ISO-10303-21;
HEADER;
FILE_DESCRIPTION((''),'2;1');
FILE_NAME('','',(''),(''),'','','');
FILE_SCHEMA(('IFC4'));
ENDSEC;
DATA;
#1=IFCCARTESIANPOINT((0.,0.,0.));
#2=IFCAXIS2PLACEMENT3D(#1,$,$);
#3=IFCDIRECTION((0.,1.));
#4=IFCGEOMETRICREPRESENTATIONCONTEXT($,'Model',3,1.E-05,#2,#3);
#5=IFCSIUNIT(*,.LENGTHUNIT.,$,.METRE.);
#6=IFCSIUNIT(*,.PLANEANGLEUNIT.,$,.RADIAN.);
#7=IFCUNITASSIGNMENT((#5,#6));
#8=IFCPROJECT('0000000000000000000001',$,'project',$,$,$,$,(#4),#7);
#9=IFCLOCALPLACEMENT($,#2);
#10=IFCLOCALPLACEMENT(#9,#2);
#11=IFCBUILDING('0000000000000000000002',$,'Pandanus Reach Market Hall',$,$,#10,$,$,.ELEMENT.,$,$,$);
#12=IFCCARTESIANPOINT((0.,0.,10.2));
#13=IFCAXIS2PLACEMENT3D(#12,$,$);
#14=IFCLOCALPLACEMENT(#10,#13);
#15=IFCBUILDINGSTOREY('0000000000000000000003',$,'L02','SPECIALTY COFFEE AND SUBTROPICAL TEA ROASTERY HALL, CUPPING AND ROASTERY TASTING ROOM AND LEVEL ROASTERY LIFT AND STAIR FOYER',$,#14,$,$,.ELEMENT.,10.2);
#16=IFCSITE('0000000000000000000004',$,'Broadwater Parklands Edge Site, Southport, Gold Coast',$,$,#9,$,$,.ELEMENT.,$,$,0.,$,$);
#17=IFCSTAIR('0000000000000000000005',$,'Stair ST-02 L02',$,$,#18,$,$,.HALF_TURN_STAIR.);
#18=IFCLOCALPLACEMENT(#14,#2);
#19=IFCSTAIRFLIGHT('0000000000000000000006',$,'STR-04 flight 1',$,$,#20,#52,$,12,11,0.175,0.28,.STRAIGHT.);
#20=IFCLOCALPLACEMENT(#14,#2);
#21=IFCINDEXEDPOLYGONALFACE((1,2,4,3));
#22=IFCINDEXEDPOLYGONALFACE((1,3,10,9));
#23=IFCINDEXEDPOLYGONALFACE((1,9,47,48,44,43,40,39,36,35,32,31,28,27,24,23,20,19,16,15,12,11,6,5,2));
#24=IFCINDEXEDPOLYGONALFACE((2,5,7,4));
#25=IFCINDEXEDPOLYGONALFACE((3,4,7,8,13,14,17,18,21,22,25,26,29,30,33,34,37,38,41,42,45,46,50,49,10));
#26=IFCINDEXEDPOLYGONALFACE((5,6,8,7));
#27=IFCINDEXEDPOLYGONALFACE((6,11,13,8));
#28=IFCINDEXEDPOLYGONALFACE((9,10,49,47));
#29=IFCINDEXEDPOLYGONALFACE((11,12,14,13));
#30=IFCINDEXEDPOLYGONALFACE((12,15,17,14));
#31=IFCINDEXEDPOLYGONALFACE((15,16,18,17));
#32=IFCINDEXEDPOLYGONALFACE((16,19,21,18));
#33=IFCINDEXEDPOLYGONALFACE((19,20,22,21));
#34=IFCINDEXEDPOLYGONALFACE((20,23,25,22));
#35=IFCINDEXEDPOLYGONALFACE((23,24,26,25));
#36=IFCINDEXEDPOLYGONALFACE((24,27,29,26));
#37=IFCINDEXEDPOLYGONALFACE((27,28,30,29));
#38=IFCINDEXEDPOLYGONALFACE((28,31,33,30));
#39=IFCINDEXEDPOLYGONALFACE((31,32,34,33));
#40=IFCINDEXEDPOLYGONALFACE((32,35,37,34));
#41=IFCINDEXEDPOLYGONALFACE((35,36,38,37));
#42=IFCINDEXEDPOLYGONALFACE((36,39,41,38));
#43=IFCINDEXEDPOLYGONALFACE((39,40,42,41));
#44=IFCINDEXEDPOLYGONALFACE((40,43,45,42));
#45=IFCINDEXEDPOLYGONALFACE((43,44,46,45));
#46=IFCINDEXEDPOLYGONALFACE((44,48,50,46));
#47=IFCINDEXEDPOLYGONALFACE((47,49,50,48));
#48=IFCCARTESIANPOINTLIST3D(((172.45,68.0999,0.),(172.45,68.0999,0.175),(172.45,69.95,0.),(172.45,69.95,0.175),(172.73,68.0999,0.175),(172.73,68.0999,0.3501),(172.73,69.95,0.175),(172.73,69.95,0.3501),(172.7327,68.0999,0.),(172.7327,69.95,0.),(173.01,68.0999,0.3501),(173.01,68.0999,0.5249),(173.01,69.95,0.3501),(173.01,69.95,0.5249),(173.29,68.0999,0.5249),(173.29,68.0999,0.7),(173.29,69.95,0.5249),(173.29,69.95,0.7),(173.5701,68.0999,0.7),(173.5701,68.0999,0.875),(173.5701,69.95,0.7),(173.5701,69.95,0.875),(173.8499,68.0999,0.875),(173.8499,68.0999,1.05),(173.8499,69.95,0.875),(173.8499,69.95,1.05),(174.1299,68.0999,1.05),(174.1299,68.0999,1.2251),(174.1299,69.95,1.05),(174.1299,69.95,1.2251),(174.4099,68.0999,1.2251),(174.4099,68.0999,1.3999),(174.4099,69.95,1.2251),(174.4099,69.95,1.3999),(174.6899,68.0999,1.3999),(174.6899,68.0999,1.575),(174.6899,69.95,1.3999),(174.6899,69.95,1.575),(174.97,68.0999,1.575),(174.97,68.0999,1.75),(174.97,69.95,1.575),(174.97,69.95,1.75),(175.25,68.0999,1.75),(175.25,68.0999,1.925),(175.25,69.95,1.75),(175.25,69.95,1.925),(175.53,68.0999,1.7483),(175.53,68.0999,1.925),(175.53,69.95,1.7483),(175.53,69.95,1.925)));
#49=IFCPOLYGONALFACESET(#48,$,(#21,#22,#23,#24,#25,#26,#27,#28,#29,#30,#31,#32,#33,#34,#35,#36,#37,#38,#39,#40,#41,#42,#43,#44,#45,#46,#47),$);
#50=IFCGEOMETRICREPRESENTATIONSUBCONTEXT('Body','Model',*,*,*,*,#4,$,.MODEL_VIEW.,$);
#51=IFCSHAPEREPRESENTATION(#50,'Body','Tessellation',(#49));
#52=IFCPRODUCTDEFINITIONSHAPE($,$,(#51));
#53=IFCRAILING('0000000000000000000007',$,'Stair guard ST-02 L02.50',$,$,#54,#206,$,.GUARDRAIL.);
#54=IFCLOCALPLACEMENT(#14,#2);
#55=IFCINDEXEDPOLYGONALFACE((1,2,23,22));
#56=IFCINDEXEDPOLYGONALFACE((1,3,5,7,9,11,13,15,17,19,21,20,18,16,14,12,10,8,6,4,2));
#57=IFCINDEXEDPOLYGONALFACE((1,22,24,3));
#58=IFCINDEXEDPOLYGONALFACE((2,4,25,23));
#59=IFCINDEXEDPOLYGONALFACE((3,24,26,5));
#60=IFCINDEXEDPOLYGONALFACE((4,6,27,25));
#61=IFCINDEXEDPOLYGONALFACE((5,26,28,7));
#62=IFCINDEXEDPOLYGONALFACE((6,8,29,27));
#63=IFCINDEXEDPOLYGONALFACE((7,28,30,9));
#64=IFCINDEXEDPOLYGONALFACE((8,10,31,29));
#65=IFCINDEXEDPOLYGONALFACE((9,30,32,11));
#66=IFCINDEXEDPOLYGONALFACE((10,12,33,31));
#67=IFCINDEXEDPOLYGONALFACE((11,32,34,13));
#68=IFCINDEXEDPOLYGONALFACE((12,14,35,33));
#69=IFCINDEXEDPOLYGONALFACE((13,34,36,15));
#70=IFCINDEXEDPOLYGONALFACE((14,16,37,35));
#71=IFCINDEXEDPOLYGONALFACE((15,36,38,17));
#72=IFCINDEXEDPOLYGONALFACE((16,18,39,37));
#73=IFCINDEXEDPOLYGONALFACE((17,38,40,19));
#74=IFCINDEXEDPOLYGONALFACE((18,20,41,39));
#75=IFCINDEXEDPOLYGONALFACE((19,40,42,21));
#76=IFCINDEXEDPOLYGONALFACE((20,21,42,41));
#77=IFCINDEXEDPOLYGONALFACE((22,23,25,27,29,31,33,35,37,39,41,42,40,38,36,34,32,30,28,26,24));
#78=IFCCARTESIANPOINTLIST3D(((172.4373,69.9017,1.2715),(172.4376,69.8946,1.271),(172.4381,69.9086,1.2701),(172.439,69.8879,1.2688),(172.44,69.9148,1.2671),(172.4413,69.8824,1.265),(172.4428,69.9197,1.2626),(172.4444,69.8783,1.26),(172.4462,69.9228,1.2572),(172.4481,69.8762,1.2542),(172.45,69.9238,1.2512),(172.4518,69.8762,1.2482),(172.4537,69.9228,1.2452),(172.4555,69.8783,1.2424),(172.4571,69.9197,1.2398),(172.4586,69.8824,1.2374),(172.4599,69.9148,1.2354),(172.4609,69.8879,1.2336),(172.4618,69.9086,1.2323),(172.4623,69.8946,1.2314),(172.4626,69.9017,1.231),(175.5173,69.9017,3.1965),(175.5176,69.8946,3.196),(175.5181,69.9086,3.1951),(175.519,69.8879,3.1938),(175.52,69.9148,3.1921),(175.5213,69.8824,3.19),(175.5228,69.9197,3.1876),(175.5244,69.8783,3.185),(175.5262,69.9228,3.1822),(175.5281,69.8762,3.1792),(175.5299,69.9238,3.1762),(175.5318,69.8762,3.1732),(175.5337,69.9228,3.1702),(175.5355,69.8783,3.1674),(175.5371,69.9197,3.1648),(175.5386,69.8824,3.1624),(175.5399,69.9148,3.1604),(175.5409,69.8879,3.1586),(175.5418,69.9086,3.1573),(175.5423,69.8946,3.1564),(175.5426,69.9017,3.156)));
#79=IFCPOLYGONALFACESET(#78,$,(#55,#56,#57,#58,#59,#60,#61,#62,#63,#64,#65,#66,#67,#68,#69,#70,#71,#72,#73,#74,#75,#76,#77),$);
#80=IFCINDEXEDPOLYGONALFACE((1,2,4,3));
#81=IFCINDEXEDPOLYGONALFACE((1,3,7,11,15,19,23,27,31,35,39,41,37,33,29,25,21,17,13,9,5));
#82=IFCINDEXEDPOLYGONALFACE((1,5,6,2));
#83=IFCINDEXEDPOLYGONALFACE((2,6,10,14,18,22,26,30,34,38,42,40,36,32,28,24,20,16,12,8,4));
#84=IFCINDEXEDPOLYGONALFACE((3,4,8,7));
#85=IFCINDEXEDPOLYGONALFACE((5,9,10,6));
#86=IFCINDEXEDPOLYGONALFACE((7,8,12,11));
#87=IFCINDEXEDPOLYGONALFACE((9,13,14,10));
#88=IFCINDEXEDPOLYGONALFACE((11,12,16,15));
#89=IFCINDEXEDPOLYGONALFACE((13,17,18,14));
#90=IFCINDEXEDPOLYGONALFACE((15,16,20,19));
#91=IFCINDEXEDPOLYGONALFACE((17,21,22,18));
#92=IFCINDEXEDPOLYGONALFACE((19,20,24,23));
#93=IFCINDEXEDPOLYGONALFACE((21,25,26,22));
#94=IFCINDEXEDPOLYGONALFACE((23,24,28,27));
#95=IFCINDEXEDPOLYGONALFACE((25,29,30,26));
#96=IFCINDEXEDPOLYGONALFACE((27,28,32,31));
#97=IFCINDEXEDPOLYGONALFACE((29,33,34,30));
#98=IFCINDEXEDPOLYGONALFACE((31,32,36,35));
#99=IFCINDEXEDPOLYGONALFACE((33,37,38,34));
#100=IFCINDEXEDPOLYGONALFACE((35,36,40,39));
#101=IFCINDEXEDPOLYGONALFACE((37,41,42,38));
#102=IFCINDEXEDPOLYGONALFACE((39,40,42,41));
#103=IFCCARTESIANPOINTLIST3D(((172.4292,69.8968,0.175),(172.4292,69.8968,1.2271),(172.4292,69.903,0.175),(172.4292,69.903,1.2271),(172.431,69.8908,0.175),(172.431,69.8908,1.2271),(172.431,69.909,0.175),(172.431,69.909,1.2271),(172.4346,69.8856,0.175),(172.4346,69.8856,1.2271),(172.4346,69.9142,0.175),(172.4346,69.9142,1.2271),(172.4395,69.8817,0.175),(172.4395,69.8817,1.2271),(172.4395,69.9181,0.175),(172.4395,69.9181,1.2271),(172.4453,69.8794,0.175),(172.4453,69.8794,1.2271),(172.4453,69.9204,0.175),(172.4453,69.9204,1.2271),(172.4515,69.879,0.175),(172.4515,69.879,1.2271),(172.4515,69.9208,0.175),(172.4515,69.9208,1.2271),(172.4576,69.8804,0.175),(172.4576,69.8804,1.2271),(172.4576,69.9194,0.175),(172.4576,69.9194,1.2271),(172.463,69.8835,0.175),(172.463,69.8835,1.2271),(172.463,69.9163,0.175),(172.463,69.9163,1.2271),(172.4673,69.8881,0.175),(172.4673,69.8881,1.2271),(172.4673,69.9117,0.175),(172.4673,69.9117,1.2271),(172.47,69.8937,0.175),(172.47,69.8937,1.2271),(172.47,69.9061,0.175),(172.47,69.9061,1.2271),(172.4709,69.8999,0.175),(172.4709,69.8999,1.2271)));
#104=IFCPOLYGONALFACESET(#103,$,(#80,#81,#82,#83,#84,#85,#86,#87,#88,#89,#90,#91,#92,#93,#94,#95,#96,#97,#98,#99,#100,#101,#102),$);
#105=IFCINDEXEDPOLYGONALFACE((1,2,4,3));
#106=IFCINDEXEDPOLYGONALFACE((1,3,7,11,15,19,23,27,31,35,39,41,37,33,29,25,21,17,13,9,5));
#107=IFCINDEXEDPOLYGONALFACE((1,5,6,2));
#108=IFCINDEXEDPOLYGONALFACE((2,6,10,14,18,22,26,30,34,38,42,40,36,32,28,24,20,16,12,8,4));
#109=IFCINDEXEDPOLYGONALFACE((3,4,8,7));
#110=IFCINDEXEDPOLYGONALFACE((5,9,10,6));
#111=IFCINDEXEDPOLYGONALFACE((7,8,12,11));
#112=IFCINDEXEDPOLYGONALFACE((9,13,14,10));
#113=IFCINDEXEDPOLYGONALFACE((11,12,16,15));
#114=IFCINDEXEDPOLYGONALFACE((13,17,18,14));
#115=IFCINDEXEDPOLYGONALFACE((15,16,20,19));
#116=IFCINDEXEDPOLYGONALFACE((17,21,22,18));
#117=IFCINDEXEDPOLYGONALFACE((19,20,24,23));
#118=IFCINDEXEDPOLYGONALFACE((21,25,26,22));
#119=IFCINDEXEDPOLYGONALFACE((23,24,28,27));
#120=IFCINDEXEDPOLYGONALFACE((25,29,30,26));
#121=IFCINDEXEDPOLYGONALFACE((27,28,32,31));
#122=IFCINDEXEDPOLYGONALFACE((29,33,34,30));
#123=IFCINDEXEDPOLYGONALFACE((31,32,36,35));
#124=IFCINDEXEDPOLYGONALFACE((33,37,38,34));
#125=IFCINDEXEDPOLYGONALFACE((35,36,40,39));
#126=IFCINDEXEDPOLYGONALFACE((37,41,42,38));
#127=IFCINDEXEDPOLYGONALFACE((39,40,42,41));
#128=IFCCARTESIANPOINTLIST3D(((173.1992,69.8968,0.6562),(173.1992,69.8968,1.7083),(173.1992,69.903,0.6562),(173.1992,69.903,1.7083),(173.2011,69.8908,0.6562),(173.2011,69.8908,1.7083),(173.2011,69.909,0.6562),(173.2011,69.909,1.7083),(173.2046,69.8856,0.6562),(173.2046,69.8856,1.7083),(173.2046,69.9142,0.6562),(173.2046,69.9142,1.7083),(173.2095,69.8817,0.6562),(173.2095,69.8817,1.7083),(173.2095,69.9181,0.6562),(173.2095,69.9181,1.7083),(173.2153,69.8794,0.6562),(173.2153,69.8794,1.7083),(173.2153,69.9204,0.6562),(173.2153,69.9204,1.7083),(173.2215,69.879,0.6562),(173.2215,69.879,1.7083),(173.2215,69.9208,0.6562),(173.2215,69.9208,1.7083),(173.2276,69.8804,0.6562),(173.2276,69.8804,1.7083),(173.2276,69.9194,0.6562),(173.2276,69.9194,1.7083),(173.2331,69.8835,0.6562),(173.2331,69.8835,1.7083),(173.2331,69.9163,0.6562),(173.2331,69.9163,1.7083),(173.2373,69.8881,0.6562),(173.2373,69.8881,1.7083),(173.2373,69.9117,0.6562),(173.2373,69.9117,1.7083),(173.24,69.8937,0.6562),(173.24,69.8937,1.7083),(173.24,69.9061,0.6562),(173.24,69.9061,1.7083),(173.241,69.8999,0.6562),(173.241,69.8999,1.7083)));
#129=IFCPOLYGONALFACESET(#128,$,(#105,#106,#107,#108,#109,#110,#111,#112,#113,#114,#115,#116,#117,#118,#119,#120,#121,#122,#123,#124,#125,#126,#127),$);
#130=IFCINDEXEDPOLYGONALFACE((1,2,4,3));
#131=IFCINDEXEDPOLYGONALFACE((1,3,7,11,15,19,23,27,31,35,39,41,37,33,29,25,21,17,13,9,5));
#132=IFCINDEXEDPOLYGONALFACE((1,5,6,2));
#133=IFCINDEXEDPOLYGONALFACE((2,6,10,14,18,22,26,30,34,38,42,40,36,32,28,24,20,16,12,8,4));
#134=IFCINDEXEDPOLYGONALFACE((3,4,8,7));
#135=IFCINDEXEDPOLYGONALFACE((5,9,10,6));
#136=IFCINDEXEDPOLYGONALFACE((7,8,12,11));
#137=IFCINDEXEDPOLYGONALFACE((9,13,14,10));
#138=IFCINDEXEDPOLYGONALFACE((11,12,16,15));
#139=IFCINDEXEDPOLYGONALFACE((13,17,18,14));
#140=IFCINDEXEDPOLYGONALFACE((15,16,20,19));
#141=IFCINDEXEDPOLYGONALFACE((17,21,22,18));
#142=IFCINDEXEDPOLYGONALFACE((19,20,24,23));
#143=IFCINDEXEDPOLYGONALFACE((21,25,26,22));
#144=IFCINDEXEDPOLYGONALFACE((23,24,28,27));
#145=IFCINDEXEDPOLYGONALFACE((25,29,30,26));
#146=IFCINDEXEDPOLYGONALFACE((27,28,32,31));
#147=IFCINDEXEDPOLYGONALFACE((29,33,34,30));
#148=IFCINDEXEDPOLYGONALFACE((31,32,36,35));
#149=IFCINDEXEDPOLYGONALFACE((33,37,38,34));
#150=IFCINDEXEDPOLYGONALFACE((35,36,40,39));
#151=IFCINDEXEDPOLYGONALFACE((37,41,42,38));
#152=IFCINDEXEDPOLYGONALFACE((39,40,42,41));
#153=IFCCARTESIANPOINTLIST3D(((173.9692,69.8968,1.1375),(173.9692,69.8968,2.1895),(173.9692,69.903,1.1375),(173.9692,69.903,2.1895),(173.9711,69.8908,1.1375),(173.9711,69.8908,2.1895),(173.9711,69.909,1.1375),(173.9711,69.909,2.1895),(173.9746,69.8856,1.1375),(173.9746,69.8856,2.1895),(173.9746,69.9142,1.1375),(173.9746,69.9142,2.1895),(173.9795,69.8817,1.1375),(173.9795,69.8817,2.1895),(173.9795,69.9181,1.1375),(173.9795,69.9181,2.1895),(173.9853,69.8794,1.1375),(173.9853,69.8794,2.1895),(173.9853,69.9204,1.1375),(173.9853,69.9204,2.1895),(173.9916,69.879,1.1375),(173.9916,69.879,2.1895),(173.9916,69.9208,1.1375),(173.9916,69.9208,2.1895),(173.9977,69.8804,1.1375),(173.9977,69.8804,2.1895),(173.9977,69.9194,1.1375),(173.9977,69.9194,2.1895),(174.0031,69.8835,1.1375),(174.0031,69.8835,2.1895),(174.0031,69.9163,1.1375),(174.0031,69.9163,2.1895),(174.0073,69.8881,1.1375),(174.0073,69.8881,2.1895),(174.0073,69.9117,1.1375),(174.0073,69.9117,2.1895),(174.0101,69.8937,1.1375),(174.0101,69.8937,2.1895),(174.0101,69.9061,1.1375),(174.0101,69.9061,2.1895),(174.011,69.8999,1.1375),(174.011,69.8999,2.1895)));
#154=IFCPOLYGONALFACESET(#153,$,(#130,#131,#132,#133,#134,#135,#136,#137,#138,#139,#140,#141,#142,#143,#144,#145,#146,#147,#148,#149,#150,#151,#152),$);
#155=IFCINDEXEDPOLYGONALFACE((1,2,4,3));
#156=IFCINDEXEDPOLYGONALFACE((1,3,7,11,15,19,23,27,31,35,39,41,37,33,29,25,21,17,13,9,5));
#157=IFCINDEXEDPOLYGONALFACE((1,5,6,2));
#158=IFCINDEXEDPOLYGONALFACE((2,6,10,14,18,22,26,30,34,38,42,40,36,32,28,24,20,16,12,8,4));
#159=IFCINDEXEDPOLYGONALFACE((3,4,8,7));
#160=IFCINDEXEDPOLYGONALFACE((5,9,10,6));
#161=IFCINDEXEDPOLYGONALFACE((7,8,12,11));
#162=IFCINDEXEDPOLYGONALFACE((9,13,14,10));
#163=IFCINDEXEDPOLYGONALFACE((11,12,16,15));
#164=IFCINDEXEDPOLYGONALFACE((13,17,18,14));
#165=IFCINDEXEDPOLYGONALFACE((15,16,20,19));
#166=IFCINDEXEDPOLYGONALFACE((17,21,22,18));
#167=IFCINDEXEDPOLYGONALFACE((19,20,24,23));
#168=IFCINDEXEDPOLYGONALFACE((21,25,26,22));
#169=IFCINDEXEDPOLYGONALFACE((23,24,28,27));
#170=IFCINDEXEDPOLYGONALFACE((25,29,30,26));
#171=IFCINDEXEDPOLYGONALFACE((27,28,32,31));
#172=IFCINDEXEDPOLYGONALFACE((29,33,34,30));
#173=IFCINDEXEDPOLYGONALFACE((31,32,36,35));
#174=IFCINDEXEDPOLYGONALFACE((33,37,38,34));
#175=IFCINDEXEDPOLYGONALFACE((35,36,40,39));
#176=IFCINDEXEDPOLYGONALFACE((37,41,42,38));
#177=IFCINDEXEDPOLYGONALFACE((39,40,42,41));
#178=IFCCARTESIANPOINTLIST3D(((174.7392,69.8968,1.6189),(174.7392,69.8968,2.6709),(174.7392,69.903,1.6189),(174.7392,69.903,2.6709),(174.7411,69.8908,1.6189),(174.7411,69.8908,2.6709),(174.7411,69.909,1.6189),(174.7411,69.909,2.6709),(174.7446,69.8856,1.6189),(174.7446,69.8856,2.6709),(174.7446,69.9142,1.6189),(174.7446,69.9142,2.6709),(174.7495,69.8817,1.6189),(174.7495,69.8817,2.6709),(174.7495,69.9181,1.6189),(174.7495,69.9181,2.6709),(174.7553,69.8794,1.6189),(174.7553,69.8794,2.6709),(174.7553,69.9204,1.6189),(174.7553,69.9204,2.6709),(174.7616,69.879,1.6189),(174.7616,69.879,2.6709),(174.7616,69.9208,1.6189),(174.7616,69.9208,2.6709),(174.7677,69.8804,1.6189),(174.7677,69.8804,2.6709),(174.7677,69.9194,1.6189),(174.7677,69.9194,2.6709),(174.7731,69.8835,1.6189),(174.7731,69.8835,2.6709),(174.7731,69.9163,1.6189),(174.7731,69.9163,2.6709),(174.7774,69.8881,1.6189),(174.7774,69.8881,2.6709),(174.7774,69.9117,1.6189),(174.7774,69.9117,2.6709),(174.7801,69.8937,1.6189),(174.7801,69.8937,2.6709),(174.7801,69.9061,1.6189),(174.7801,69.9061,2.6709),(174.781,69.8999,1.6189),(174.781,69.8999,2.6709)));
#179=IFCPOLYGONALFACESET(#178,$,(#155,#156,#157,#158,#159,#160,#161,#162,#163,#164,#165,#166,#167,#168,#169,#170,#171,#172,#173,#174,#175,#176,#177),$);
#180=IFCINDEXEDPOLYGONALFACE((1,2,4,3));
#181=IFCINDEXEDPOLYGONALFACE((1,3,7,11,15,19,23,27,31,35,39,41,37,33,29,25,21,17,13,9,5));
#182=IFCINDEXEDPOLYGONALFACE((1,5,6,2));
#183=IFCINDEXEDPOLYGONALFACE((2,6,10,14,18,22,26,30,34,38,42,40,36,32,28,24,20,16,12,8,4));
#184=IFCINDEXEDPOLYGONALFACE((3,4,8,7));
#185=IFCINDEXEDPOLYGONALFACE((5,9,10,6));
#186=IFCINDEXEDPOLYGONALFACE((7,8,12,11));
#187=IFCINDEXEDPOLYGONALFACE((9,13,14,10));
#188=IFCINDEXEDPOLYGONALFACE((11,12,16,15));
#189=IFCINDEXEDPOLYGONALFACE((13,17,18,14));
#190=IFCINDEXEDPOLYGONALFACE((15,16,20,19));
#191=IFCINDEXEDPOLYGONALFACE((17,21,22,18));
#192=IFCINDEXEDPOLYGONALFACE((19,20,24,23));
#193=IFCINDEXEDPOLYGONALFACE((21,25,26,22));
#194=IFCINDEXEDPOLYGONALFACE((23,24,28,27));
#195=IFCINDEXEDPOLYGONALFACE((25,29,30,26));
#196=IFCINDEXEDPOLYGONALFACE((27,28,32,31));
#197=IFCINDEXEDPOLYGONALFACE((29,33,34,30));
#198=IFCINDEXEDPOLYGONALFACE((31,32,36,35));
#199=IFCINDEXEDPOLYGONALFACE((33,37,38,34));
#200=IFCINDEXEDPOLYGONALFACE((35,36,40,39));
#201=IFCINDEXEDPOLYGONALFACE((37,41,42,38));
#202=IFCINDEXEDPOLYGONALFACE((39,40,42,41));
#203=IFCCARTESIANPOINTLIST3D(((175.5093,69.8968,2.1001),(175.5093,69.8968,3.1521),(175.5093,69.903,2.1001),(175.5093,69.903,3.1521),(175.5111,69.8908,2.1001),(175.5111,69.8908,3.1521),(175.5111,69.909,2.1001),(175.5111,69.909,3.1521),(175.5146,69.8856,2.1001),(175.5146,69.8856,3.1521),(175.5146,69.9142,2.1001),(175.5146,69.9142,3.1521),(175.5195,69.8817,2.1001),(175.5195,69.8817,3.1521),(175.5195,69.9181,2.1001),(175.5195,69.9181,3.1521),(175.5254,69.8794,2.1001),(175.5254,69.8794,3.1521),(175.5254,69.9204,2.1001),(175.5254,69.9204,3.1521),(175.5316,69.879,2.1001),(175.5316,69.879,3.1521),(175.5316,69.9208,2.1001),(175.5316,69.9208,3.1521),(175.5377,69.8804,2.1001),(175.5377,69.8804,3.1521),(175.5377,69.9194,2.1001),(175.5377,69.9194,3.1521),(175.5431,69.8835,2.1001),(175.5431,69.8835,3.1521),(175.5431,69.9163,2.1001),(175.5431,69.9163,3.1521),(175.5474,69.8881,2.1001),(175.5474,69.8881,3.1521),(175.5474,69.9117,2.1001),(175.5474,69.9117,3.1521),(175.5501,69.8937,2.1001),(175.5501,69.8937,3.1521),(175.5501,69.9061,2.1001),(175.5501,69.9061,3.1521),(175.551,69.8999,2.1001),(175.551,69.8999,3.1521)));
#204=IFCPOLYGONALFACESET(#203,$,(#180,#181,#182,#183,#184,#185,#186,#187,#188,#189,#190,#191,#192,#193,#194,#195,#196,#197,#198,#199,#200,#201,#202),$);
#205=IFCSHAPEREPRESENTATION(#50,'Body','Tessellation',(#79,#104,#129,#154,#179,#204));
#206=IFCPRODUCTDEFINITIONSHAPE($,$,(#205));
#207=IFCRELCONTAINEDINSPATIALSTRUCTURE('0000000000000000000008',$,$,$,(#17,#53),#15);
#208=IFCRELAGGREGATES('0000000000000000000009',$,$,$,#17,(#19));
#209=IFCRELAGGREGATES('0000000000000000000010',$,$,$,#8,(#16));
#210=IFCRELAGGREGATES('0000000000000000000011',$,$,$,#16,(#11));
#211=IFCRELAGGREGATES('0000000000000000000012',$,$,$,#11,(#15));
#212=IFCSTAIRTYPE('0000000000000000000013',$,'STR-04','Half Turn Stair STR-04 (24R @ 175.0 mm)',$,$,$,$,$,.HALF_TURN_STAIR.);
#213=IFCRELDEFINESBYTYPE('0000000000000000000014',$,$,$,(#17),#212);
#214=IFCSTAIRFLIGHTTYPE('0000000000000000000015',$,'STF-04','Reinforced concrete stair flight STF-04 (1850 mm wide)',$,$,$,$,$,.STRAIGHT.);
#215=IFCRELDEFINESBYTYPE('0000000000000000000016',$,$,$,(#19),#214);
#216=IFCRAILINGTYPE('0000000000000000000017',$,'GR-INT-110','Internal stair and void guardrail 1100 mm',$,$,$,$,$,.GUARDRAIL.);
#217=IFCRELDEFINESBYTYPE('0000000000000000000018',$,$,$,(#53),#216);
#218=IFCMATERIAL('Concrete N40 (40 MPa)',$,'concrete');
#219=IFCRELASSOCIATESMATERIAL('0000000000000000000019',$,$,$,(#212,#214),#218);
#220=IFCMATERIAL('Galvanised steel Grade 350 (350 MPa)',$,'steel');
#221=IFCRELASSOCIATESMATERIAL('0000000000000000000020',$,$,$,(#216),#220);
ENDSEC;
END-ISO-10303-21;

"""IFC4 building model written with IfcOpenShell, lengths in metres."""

from ifc_helpers import new_model, si_unit, direction, frame, origin, origin_2d, place, context, subcontext, project, spatial, polyline, circle, outline, extrude, material, type_object, element, aggregate, save


model = new_model("IFC4")

# Units and contexts
model_context = context("Model", 3, precision=1e-05, world=origin(), true_north=direction((0.0, 1.0)))
body_context = subcontext(model_context, "Body", "Model", "MODEL_VIEW")
ifc_project = project(units=[si_unit("LENGTHUNIT", "METRE"), si_unit("PLANEANGLEUNIT", "RADIAN")], contexts=[model_context])

# Site, building, storey
site_placement = place(None, origin())
site = spatial("IfcSite", under=ifc_project, at=site_placement, Name="Broadwater Parklands Edge Site, Southport, Gold Coast", CompositionType="ELEMENT", RefElevation=0.0)
building_placement = place(site_placement, origin())
building = spatial("IfcBuilding", under=site, at=building_placement, Name="Pandanus Reach Market Hall", CompositionType="ELEMENT")
storey_placement = place(building_placement, frame((0.0, 0.0, 10.2)))
storey = spatial("IfcBuildingStorey", under=building, at=storey_placement, Name="L02", Description="SPECIALTY COFFEE AND SUBTROPICAL TEA ROASTERY HALL, CUPPING AND ROASTERY TASTING ROOM AND LEVEL ROASTERY LIFT AND STAIR FOYER", CompositionType="ELEMENT", Elevation=10.2)

# Shared definitions
ifc_material_1 = material(Name="Concrete N40 (40 MPa)", Category="concrete")

# Stair, stair flight
stair_type = type_object("IfcStairType", Name="STR-04", Description="Half Turn Stair STR-04 (24R @ 175.0 mm)", PredefinedType="HALF_TURN_STAIR", material=ifc_material_1)
stair_placement = place(storey_placement, origin())
stair = element("IfcStair", 1, at=stair_placement, inside=storey, type_object=stair_type, Name="Stair ST-02 L02", PredefinedType="HALF_TURN_STAIR")
stair_flight_type = type_object("IfcStairFlightType", Name="STF-04", Description="Reinforced concrete stair flight STF-04 (1850 mm wide)", PredefinedType="STRAIGHT", material=ifc_material_1)
stair_flight_placement = place(storey_placement, frame((172.45, 69.0249, 0.0), z_axis=(0.0, 0.0, 1.0), x_axis=(1.0, 0.0, 0.0)))
stair_flight = element("IfcStairFlight", 2, at=stair_flight_placement, type_object=stair_flight_type, Name="STR-04 flight 1", NumberOfRisers=12, NumberOfTreads=11, PredefinedType="STRAIGHT", RiserHeight=0.175, TreadLength=0.28, context=body_context, shape_type="SweptSolid", body=[
    extrude(outline(polyline([(0.0, 0.0), (0.0, 0.175), (0.28, 0.175), (0.28, 0.3501), (0.5601, 0.3501), (0.5601, 0.5249), (0.8401, 0.5249), (0.8401, 0.7), (1.1201, 0.7), (1.1201, 0.875), (1.3999, 0.875), (1.3999, 1.05), (1.6799, 1.05), (1.6799, 1.2251), (1.96, 1.2251), (1.96, 1.3999), (2.24, 1.3999), (2.24, 1.575), (2.52, 1.575), (2.52, 1.75), (2.8, 1.75), (2.8, 1.925), (3.0801, 1.925), (3.0801, 2.1001), (3.0801, 1.7483), (0.2827, 0.0), (0.0, 0.0)])), frame((0.0, 0.925, 0.0), z_axis=(0.0, -1.0, 0.0), x_axis=(1.0, 0.0, 0.0)), (0.0, 0.0, 1.0), 1.8501),
])
aggregate(stair, [stair_flight])

# Railing
ifc_material_2 = material(Name="Galvanised steel Grade 350 (350 MPa)", Category="steel")
railing_type_1 = type_object("IfcRailingType", Name="GR-INT-110", Description="Internal stair and void guardrail 1100 mm", PredefinedType="GUARDRAIL", material=ifc_material_2)
railing_1_placement = place(storey_placement, frame((172.45, 69.8999, 0.175)))
element("IfcRailing", 3, at=railing_1_placement, inside=storey, type_object=railing_type_1, Name="Stair guard ST-02 L02.50", PredefinedType="GUARDRAIL", context=body_context, shape_type="SweptSolid", body=[
    extrude(circle(Radius=0.0239, at=origin_2d()), frame((0.0, 0.0, 1.0762), z_axis=(0.847998, 0.0, 0.529999), x_axis=(0.0, 1.0, 0.0)), (0.0, 0.0, 1.0), 3.6321),
    extrude(circle(Radius=0.021, at=origin_2d()), origin(), (0.0, 0.0, 1.0), 1.052),
    extrude(circle(Radius=0.021, at=origin_2d()), frame((0.77, 0.0, 0.4812)), (0.0, 0.0, 1.0), 1.052),
    extrude(circle(Radius=0.021, at=origin_2d()), frame((1.54, 0.0, 0.9624)), (0.0, 0.0, 1.0), 1.052),
    extrude(circle(Radius=0.021, at=origin_2d()), frame((2.3101, 0.0, 1.4438)), (0.0, 0.0, 1.0), 1.052),
    extrude(circle(Radius=0.021, at=origin_2d()), frame((3.0801, 0.0, 1.925)), (0.0, 0.0, 1.0), 1.052),
])

save(model, "model.ifc")
